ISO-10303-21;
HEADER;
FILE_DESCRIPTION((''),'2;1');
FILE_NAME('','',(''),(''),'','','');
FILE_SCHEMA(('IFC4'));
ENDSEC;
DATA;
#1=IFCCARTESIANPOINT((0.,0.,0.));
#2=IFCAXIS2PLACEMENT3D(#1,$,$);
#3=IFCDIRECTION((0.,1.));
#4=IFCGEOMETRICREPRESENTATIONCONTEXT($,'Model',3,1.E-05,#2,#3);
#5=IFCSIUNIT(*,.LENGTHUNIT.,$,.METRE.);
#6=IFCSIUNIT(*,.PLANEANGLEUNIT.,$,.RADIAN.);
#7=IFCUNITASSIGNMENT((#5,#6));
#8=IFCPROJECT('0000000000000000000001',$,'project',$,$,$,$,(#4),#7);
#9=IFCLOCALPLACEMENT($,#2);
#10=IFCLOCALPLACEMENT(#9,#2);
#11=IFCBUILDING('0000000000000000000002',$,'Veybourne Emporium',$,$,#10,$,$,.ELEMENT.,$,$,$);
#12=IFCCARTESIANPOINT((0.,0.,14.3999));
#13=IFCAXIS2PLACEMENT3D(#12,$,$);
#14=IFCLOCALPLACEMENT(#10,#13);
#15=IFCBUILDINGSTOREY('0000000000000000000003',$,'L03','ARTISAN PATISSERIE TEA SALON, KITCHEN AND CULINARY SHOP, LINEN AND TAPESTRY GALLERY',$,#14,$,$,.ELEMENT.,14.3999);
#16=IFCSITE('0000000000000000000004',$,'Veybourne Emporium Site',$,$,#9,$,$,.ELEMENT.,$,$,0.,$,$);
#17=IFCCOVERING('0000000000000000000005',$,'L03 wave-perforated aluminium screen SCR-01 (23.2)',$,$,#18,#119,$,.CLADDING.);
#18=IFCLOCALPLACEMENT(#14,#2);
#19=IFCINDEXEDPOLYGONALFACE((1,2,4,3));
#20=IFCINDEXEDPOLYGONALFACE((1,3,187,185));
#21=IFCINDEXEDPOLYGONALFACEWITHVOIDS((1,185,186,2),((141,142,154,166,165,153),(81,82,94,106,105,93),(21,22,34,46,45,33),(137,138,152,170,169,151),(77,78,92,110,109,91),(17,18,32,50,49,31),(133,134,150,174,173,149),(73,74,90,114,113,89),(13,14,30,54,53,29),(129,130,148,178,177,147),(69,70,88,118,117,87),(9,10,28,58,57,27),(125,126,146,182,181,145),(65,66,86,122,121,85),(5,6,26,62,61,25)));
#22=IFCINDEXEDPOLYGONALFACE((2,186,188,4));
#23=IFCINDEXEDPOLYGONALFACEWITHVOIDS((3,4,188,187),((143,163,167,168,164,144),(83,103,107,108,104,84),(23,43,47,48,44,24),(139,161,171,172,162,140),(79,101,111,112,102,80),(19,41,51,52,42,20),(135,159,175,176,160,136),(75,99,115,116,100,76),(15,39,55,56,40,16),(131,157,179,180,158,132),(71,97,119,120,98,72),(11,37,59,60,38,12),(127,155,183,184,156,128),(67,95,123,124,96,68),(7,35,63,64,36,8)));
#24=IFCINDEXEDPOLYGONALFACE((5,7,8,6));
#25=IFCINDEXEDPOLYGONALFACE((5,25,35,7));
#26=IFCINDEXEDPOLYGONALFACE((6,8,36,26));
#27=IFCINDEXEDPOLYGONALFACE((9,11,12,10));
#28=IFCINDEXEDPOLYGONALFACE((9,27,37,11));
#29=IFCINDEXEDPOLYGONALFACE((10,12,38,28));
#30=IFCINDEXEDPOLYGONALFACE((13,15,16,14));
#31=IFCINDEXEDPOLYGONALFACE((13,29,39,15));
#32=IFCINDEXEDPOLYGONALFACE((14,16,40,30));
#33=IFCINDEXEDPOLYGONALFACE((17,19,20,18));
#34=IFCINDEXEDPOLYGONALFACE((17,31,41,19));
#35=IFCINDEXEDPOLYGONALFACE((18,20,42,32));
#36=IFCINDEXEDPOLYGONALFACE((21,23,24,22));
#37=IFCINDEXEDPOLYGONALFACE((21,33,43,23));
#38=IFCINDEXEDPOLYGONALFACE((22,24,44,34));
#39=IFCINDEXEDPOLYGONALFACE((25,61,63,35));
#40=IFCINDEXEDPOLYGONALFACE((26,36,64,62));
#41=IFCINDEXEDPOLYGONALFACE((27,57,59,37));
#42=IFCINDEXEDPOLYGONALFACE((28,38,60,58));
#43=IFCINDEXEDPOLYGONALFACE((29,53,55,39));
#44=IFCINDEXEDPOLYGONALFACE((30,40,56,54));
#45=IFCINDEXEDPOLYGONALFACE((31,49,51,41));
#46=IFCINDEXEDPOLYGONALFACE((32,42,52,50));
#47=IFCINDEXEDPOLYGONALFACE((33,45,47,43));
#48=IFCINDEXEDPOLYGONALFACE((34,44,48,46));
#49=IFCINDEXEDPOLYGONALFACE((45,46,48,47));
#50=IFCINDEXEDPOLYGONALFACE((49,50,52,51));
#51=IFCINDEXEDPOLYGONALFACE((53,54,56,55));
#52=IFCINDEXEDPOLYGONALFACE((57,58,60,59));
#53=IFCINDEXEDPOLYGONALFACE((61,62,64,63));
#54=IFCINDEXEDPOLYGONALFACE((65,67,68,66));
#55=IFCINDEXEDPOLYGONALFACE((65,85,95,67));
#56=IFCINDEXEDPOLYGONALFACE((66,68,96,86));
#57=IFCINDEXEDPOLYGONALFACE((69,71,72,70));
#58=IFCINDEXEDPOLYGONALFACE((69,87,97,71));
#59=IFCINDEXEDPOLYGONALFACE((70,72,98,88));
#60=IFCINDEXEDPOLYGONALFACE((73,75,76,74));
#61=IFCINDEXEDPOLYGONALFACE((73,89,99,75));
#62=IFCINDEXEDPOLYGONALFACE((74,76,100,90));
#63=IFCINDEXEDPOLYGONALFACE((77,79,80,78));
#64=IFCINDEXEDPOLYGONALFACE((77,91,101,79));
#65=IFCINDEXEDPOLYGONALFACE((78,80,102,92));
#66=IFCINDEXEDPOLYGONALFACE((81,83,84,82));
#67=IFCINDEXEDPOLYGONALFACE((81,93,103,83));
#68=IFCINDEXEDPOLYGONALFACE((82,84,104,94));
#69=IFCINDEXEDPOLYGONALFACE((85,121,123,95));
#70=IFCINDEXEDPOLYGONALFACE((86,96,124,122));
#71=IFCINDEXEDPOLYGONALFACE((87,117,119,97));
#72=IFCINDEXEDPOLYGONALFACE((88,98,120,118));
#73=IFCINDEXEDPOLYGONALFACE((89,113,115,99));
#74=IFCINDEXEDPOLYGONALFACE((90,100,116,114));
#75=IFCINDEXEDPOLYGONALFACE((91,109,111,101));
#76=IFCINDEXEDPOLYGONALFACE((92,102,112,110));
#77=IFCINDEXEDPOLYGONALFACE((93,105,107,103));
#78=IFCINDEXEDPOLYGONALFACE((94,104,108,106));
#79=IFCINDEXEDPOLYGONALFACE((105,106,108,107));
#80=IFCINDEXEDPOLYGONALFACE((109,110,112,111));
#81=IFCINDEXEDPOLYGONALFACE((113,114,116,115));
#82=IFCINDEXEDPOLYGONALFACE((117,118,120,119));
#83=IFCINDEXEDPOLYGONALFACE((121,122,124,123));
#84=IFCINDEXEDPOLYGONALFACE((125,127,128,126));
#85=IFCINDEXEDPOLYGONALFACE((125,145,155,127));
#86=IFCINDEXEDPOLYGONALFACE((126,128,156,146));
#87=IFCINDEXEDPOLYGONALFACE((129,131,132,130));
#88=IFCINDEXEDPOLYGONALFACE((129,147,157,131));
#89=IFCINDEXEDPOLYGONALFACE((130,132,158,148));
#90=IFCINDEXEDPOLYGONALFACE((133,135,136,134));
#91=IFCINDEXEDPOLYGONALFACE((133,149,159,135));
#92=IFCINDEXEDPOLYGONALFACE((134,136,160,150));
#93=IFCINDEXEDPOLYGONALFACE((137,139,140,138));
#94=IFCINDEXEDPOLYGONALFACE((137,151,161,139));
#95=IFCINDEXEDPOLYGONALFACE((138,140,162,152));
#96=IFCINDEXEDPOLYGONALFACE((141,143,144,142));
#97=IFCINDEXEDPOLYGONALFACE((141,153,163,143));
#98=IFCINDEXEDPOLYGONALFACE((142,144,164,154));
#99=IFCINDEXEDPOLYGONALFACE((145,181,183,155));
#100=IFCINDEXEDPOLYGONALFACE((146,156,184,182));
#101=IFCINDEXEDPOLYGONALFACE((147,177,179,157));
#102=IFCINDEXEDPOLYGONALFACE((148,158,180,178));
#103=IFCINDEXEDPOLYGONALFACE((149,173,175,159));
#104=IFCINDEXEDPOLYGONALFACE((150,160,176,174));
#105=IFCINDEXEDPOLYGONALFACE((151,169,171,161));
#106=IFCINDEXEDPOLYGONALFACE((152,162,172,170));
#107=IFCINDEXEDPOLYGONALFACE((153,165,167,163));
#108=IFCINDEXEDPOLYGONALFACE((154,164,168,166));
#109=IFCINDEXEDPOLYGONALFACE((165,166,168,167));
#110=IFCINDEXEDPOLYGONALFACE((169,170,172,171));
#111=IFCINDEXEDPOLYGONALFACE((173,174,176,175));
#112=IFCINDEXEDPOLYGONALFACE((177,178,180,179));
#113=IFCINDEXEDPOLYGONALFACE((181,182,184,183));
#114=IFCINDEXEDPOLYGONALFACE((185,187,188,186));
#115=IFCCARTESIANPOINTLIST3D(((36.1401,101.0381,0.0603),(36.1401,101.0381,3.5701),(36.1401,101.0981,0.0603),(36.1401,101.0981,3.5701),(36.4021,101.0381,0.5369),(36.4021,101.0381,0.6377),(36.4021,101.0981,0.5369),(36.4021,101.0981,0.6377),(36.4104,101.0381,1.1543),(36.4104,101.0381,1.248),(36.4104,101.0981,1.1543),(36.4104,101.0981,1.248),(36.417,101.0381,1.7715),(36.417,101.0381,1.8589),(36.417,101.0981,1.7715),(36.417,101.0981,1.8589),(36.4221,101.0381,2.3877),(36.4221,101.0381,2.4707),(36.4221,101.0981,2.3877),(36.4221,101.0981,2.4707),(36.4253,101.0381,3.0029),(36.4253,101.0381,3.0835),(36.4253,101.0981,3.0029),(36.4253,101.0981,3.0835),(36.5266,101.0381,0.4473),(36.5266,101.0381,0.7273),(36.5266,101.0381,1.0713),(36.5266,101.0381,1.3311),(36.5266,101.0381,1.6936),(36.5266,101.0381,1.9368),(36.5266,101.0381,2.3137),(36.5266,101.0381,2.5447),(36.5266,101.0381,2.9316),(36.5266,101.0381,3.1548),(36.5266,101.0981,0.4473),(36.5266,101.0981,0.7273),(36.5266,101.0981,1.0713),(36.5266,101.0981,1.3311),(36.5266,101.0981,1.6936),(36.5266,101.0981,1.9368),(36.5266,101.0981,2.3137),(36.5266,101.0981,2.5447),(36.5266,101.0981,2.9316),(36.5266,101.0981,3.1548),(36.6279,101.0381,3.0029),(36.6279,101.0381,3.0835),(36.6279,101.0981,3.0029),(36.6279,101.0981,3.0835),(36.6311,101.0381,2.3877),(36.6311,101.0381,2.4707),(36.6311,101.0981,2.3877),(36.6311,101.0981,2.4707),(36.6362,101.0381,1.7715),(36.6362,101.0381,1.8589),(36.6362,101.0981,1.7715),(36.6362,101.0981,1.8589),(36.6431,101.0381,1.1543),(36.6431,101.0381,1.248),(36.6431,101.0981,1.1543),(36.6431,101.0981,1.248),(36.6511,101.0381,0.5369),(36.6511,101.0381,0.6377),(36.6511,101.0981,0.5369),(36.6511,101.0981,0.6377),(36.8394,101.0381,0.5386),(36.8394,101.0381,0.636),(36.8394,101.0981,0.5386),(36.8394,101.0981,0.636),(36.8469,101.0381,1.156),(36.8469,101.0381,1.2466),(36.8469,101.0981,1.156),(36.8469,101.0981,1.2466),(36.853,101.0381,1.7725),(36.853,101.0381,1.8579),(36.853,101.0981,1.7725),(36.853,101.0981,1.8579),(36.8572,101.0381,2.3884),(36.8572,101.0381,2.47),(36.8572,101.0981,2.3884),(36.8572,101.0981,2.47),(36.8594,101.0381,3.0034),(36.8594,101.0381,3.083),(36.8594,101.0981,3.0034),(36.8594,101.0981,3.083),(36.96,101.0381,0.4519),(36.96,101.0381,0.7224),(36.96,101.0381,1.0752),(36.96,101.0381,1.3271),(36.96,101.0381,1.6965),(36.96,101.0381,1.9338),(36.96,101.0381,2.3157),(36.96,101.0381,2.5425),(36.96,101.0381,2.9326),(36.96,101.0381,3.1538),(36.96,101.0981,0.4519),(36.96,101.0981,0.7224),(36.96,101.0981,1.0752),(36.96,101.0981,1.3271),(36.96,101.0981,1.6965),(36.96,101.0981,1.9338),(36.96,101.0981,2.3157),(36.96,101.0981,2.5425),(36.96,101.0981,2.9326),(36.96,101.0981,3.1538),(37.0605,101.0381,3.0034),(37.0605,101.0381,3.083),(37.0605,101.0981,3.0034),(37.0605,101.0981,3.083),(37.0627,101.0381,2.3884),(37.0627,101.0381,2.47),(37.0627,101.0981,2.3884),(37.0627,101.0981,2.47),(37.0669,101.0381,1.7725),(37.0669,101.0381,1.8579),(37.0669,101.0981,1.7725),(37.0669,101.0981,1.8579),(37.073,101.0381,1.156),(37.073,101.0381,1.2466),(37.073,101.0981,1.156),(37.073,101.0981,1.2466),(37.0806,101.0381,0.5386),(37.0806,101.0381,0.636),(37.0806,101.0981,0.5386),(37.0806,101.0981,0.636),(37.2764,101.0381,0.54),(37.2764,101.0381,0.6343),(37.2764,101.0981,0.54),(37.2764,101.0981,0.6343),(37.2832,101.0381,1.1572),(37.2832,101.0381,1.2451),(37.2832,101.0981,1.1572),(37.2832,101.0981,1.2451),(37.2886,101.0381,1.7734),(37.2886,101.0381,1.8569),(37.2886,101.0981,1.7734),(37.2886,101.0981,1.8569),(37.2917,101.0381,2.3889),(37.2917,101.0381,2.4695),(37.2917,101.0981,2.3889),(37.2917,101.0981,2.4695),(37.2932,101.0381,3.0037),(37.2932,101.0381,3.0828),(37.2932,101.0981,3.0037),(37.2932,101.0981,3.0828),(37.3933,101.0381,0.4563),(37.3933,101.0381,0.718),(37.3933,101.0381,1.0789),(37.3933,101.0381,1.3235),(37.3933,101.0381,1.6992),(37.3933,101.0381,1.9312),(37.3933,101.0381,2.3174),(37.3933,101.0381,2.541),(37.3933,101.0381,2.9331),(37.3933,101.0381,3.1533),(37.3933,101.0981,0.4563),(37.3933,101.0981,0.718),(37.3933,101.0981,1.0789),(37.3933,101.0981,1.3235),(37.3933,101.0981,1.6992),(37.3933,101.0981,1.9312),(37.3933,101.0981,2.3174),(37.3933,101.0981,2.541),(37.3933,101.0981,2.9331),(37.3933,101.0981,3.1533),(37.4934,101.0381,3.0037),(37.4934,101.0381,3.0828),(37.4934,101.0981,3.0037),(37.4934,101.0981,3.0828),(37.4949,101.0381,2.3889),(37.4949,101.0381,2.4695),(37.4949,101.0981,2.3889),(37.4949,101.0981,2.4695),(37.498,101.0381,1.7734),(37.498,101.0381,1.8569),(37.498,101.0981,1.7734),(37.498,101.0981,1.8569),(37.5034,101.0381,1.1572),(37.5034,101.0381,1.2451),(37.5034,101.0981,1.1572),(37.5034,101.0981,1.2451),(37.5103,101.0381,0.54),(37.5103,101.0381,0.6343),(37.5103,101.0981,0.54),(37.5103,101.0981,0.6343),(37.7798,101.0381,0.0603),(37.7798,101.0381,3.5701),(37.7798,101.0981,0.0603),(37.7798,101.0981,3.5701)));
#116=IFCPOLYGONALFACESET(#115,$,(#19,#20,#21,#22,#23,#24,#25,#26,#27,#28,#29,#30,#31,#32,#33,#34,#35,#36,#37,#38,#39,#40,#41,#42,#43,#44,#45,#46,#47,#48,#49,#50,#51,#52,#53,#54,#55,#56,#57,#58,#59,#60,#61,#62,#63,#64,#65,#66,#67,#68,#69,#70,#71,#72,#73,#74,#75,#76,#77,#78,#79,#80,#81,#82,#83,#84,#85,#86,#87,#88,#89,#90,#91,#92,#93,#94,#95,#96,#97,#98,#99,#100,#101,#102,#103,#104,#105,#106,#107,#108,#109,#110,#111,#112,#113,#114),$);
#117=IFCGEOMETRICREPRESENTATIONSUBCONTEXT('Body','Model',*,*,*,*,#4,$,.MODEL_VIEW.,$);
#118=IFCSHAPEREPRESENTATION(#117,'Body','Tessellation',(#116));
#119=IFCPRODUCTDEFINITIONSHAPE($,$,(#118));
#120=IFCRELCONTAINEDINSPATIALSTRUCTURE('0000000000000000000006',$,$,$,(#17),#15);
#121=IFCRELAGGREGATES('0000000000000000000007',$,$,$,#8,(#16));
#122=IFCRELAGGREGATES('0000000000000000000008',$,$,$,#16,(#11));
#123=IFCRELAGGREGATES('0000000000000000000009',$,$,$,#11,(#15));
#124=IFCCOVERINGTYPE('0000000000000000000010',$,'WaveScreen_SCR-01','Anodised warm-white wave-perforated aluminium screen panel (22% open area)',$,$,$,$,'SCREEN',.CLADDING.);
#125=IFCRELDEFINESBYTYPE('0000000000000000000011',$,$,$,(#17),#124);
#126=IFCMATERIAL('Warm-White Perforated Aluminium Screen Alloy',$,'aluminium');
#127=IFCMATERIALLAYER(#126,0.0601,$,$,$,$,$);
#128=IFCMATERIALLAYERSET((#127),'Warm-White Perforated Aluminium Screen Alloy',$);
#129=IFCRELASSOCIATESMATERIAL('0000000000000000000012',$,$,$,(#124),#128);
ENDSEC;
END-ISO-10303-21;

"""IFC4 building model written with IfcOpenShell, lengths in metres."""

from ifc_helpers import new_model, si_unit, direction, frame, origin, place, context, subcontext, project, spatial, polyline, outline, extrude, material, layer, layer_set, type_object, element, save


model = new_model("IFC4")

# Units and contexts
model_context = context("Model", 3, precision=1e-05, world=origin(), true_north=direction((0.0, 1.0)))
body_context = subcontext(model_context, "Body", "Model", "MODEL_VIEW")
ifc_project = project(units=[si_unit("LENGTHUNIT", "METRE"), si_unit("PLANEANGLEUNIT", "RADIAN")], contexts=[model_context])

# Site, building, storey
site_placement = place(None, origin())
site = spatial("IfcSite", under=ifc_project, at=site_placement, Name="Veybourne Emporium Site", CompositionType="ELEMENT", RefElevation=0.0)
building_placement = place(site_placement, origin())
building = spatial("IfcBuilding", under=site, at=building_placement, Name="Veybourne Emporium", CompositionType="ELEMENT")
storey_placement = place(building_placement, frame((0.0, 0.0, 14.3999)))
storey = spatial("IfcBuildingStorey", under=building, at=storey_placement, Name="L03", Description="ARTISAN PATISSERIE TEA SALON, KITCHEN AND CULINARY SHOP, LINEN AND TAPESTRY GALLERY", CompositionType="ELEMENT", Elevation=14.3999)

# Covering
ifc_material_1 = material(Name="Warm-White Perforated Aluminium Screen Alloy", Category="aluminium")
ifc_layer_1 = layer(ifc_material_1, 0.0601)
ifc_layer_set_1 = layer_set([ifc_layer_1], Name="Warm-White Perforated Aluminium Screen Alloy")
covering_type_1 = type_object("IfcCoveringType", Name="WaveScreen_SCR-01", Description="Anodised warm-white wave-perforated aluminium screen panel (22% open area)", ElementType="SCREEN", PredefinedType="CLADDING", material=ifc_layer_set_1)
covering_1_placement = place(storey_placement, frame((36.96, 101.0981, 1.8152), z_axis=(0.0, -1.0, 0.0), x_axis=(1.0, 0.0, 0.0)))
element("IfcCovering", 1, at=covering_1_placement, inside=storey, type_object=covering_type_1, Name="L03 wave-perforated aluminium screen SCR-01 (23.2)", PredefinedType="CLADDING", context=body_context, shape_type="SweptSolid", body=[
    extrude(outline(polyline([(-0.8198, -1.7549), (0.8198, -1.7549), (0.8198, 1.7549), (-0.8198, 1.7549), (-0.8198, -1.7549)]), holes=[polyline([(-0.4333, -1.0879), (-0.3088, -1.1775), (-0.3088, -1.2783), (-0.4333, -1.3679), (-0.5579, -1.2783), (-0.5579, -1.1775), (-0.4333, -1.0879)]), polyline([(-0.4333, -0.4841), (-0.3169, -0.5671), (-0.3169, -0.6609), (-0.4333, -0.7439), (-0.5496, -0.6609), (-0.5496, -0.5671), (-0.4333, -0.4841)]), polyline([(-0.4333, 0.1216), (-0.3237, 0.0437), (-0.3237, -0.0437), (-0.4333, -0.1216), (-0.543, -0.0437), (-0.543, 0.0437), (-0.4333, 0.1216)]), polyline([(-0.4333, 0.7295), (-0.3289, 0.6555), (-0.3289, 0.5725), (-0.4333, 0.4985), (-0.5378, 0.5725), (-0.5378, 0.6555), (-0.4333, 0.7295)]), polyline([(-0.4333, 1.3396), (-0.332, 1.2683), (-0.332, 1.1877), (-0.4333, 1.1165), (-0.5347, 1.1877), (-0.5347, 1.2683), (-0.4333, 1.3396)]), polyline([(0.0, -1.0928), (0.1206, -1.1792), (0.1206, -1.2766), (0.0, -1.3633), (-0.1206, -1.2766), (-0.1206, -1.1792), (0.0, -1.0928)]), polyline([(0.0, -0.488), (0.113, -0.5686), (0.113, -0.6592), (0.0, -0.74), (-0.113, -0.6592), (-0.113, -0.5686), (0.0, -0.488)]), polyline([(0.0, 0.1187), (0.1069, 0.0427), (0.1069, -0.0427), (0.0, -0.1187), (-0.1069, -0.0427), (-0.1069, 0.0427), (0.0, 0.1187)]), polyline([(0.0, 0.7273), (0.1028, 0.6548), (0.1028, 0.5732), (0.0, 0.5005), (-0.1028, 0.5732), (-0.1028, 0.6548), (0.0, 0.7273)]), polyline([(0.0, 1.3386), (0.1006, 1.2678), (0.1006, 1.1882), (0.0, 1.1174), (-0.1006, 1.1882), (-0.1006, 1.2678), (0.0, 1.3386)]), polyline([(0.4333, -1.0972), (0.5503, -1.1809), (0.5503, -1.2751), (0.4333, -1.3589), (0.3164, -1.2751), (0.3164, -1.1809), (0.4333, -1.0972)]), polyline([(0.4333, -0.4917), (0.5435, -0.5701), (0.5435, -0.658), (0.4333, -0.7363), (0.3232, -0.658), (0.3232, -0.5701), (0.4333, -0.4917)]), polyline([(0.4333, 0.116), (0.5381, 0.0417), (0.5381, -0.0417), (0.4333, -0.116), (0.3286, -0.0417), (0.3286, 0.0417), (0.4333, 0.116)]), polyline([(0.4333, 0.7258), (0.5349, 0.6543), (0.5349, 0.5737), (0.4333, 0.5022), (0.3318, 0.5737), (0.3318, 0.6543), (0.4333, 0.7258)]), polyline([(0.4333, 1.3381), (0.5334, 1.2676), (0.5334, 1.1885), (0.4333, 1.1179), (0.3333, 1.1885), (0.3333, 1.2676), (0.4333, 1.3381)])]), origin(), (0.0, 0.0, 1.0), 0.0601),
])

save(model, "model.ifc")
